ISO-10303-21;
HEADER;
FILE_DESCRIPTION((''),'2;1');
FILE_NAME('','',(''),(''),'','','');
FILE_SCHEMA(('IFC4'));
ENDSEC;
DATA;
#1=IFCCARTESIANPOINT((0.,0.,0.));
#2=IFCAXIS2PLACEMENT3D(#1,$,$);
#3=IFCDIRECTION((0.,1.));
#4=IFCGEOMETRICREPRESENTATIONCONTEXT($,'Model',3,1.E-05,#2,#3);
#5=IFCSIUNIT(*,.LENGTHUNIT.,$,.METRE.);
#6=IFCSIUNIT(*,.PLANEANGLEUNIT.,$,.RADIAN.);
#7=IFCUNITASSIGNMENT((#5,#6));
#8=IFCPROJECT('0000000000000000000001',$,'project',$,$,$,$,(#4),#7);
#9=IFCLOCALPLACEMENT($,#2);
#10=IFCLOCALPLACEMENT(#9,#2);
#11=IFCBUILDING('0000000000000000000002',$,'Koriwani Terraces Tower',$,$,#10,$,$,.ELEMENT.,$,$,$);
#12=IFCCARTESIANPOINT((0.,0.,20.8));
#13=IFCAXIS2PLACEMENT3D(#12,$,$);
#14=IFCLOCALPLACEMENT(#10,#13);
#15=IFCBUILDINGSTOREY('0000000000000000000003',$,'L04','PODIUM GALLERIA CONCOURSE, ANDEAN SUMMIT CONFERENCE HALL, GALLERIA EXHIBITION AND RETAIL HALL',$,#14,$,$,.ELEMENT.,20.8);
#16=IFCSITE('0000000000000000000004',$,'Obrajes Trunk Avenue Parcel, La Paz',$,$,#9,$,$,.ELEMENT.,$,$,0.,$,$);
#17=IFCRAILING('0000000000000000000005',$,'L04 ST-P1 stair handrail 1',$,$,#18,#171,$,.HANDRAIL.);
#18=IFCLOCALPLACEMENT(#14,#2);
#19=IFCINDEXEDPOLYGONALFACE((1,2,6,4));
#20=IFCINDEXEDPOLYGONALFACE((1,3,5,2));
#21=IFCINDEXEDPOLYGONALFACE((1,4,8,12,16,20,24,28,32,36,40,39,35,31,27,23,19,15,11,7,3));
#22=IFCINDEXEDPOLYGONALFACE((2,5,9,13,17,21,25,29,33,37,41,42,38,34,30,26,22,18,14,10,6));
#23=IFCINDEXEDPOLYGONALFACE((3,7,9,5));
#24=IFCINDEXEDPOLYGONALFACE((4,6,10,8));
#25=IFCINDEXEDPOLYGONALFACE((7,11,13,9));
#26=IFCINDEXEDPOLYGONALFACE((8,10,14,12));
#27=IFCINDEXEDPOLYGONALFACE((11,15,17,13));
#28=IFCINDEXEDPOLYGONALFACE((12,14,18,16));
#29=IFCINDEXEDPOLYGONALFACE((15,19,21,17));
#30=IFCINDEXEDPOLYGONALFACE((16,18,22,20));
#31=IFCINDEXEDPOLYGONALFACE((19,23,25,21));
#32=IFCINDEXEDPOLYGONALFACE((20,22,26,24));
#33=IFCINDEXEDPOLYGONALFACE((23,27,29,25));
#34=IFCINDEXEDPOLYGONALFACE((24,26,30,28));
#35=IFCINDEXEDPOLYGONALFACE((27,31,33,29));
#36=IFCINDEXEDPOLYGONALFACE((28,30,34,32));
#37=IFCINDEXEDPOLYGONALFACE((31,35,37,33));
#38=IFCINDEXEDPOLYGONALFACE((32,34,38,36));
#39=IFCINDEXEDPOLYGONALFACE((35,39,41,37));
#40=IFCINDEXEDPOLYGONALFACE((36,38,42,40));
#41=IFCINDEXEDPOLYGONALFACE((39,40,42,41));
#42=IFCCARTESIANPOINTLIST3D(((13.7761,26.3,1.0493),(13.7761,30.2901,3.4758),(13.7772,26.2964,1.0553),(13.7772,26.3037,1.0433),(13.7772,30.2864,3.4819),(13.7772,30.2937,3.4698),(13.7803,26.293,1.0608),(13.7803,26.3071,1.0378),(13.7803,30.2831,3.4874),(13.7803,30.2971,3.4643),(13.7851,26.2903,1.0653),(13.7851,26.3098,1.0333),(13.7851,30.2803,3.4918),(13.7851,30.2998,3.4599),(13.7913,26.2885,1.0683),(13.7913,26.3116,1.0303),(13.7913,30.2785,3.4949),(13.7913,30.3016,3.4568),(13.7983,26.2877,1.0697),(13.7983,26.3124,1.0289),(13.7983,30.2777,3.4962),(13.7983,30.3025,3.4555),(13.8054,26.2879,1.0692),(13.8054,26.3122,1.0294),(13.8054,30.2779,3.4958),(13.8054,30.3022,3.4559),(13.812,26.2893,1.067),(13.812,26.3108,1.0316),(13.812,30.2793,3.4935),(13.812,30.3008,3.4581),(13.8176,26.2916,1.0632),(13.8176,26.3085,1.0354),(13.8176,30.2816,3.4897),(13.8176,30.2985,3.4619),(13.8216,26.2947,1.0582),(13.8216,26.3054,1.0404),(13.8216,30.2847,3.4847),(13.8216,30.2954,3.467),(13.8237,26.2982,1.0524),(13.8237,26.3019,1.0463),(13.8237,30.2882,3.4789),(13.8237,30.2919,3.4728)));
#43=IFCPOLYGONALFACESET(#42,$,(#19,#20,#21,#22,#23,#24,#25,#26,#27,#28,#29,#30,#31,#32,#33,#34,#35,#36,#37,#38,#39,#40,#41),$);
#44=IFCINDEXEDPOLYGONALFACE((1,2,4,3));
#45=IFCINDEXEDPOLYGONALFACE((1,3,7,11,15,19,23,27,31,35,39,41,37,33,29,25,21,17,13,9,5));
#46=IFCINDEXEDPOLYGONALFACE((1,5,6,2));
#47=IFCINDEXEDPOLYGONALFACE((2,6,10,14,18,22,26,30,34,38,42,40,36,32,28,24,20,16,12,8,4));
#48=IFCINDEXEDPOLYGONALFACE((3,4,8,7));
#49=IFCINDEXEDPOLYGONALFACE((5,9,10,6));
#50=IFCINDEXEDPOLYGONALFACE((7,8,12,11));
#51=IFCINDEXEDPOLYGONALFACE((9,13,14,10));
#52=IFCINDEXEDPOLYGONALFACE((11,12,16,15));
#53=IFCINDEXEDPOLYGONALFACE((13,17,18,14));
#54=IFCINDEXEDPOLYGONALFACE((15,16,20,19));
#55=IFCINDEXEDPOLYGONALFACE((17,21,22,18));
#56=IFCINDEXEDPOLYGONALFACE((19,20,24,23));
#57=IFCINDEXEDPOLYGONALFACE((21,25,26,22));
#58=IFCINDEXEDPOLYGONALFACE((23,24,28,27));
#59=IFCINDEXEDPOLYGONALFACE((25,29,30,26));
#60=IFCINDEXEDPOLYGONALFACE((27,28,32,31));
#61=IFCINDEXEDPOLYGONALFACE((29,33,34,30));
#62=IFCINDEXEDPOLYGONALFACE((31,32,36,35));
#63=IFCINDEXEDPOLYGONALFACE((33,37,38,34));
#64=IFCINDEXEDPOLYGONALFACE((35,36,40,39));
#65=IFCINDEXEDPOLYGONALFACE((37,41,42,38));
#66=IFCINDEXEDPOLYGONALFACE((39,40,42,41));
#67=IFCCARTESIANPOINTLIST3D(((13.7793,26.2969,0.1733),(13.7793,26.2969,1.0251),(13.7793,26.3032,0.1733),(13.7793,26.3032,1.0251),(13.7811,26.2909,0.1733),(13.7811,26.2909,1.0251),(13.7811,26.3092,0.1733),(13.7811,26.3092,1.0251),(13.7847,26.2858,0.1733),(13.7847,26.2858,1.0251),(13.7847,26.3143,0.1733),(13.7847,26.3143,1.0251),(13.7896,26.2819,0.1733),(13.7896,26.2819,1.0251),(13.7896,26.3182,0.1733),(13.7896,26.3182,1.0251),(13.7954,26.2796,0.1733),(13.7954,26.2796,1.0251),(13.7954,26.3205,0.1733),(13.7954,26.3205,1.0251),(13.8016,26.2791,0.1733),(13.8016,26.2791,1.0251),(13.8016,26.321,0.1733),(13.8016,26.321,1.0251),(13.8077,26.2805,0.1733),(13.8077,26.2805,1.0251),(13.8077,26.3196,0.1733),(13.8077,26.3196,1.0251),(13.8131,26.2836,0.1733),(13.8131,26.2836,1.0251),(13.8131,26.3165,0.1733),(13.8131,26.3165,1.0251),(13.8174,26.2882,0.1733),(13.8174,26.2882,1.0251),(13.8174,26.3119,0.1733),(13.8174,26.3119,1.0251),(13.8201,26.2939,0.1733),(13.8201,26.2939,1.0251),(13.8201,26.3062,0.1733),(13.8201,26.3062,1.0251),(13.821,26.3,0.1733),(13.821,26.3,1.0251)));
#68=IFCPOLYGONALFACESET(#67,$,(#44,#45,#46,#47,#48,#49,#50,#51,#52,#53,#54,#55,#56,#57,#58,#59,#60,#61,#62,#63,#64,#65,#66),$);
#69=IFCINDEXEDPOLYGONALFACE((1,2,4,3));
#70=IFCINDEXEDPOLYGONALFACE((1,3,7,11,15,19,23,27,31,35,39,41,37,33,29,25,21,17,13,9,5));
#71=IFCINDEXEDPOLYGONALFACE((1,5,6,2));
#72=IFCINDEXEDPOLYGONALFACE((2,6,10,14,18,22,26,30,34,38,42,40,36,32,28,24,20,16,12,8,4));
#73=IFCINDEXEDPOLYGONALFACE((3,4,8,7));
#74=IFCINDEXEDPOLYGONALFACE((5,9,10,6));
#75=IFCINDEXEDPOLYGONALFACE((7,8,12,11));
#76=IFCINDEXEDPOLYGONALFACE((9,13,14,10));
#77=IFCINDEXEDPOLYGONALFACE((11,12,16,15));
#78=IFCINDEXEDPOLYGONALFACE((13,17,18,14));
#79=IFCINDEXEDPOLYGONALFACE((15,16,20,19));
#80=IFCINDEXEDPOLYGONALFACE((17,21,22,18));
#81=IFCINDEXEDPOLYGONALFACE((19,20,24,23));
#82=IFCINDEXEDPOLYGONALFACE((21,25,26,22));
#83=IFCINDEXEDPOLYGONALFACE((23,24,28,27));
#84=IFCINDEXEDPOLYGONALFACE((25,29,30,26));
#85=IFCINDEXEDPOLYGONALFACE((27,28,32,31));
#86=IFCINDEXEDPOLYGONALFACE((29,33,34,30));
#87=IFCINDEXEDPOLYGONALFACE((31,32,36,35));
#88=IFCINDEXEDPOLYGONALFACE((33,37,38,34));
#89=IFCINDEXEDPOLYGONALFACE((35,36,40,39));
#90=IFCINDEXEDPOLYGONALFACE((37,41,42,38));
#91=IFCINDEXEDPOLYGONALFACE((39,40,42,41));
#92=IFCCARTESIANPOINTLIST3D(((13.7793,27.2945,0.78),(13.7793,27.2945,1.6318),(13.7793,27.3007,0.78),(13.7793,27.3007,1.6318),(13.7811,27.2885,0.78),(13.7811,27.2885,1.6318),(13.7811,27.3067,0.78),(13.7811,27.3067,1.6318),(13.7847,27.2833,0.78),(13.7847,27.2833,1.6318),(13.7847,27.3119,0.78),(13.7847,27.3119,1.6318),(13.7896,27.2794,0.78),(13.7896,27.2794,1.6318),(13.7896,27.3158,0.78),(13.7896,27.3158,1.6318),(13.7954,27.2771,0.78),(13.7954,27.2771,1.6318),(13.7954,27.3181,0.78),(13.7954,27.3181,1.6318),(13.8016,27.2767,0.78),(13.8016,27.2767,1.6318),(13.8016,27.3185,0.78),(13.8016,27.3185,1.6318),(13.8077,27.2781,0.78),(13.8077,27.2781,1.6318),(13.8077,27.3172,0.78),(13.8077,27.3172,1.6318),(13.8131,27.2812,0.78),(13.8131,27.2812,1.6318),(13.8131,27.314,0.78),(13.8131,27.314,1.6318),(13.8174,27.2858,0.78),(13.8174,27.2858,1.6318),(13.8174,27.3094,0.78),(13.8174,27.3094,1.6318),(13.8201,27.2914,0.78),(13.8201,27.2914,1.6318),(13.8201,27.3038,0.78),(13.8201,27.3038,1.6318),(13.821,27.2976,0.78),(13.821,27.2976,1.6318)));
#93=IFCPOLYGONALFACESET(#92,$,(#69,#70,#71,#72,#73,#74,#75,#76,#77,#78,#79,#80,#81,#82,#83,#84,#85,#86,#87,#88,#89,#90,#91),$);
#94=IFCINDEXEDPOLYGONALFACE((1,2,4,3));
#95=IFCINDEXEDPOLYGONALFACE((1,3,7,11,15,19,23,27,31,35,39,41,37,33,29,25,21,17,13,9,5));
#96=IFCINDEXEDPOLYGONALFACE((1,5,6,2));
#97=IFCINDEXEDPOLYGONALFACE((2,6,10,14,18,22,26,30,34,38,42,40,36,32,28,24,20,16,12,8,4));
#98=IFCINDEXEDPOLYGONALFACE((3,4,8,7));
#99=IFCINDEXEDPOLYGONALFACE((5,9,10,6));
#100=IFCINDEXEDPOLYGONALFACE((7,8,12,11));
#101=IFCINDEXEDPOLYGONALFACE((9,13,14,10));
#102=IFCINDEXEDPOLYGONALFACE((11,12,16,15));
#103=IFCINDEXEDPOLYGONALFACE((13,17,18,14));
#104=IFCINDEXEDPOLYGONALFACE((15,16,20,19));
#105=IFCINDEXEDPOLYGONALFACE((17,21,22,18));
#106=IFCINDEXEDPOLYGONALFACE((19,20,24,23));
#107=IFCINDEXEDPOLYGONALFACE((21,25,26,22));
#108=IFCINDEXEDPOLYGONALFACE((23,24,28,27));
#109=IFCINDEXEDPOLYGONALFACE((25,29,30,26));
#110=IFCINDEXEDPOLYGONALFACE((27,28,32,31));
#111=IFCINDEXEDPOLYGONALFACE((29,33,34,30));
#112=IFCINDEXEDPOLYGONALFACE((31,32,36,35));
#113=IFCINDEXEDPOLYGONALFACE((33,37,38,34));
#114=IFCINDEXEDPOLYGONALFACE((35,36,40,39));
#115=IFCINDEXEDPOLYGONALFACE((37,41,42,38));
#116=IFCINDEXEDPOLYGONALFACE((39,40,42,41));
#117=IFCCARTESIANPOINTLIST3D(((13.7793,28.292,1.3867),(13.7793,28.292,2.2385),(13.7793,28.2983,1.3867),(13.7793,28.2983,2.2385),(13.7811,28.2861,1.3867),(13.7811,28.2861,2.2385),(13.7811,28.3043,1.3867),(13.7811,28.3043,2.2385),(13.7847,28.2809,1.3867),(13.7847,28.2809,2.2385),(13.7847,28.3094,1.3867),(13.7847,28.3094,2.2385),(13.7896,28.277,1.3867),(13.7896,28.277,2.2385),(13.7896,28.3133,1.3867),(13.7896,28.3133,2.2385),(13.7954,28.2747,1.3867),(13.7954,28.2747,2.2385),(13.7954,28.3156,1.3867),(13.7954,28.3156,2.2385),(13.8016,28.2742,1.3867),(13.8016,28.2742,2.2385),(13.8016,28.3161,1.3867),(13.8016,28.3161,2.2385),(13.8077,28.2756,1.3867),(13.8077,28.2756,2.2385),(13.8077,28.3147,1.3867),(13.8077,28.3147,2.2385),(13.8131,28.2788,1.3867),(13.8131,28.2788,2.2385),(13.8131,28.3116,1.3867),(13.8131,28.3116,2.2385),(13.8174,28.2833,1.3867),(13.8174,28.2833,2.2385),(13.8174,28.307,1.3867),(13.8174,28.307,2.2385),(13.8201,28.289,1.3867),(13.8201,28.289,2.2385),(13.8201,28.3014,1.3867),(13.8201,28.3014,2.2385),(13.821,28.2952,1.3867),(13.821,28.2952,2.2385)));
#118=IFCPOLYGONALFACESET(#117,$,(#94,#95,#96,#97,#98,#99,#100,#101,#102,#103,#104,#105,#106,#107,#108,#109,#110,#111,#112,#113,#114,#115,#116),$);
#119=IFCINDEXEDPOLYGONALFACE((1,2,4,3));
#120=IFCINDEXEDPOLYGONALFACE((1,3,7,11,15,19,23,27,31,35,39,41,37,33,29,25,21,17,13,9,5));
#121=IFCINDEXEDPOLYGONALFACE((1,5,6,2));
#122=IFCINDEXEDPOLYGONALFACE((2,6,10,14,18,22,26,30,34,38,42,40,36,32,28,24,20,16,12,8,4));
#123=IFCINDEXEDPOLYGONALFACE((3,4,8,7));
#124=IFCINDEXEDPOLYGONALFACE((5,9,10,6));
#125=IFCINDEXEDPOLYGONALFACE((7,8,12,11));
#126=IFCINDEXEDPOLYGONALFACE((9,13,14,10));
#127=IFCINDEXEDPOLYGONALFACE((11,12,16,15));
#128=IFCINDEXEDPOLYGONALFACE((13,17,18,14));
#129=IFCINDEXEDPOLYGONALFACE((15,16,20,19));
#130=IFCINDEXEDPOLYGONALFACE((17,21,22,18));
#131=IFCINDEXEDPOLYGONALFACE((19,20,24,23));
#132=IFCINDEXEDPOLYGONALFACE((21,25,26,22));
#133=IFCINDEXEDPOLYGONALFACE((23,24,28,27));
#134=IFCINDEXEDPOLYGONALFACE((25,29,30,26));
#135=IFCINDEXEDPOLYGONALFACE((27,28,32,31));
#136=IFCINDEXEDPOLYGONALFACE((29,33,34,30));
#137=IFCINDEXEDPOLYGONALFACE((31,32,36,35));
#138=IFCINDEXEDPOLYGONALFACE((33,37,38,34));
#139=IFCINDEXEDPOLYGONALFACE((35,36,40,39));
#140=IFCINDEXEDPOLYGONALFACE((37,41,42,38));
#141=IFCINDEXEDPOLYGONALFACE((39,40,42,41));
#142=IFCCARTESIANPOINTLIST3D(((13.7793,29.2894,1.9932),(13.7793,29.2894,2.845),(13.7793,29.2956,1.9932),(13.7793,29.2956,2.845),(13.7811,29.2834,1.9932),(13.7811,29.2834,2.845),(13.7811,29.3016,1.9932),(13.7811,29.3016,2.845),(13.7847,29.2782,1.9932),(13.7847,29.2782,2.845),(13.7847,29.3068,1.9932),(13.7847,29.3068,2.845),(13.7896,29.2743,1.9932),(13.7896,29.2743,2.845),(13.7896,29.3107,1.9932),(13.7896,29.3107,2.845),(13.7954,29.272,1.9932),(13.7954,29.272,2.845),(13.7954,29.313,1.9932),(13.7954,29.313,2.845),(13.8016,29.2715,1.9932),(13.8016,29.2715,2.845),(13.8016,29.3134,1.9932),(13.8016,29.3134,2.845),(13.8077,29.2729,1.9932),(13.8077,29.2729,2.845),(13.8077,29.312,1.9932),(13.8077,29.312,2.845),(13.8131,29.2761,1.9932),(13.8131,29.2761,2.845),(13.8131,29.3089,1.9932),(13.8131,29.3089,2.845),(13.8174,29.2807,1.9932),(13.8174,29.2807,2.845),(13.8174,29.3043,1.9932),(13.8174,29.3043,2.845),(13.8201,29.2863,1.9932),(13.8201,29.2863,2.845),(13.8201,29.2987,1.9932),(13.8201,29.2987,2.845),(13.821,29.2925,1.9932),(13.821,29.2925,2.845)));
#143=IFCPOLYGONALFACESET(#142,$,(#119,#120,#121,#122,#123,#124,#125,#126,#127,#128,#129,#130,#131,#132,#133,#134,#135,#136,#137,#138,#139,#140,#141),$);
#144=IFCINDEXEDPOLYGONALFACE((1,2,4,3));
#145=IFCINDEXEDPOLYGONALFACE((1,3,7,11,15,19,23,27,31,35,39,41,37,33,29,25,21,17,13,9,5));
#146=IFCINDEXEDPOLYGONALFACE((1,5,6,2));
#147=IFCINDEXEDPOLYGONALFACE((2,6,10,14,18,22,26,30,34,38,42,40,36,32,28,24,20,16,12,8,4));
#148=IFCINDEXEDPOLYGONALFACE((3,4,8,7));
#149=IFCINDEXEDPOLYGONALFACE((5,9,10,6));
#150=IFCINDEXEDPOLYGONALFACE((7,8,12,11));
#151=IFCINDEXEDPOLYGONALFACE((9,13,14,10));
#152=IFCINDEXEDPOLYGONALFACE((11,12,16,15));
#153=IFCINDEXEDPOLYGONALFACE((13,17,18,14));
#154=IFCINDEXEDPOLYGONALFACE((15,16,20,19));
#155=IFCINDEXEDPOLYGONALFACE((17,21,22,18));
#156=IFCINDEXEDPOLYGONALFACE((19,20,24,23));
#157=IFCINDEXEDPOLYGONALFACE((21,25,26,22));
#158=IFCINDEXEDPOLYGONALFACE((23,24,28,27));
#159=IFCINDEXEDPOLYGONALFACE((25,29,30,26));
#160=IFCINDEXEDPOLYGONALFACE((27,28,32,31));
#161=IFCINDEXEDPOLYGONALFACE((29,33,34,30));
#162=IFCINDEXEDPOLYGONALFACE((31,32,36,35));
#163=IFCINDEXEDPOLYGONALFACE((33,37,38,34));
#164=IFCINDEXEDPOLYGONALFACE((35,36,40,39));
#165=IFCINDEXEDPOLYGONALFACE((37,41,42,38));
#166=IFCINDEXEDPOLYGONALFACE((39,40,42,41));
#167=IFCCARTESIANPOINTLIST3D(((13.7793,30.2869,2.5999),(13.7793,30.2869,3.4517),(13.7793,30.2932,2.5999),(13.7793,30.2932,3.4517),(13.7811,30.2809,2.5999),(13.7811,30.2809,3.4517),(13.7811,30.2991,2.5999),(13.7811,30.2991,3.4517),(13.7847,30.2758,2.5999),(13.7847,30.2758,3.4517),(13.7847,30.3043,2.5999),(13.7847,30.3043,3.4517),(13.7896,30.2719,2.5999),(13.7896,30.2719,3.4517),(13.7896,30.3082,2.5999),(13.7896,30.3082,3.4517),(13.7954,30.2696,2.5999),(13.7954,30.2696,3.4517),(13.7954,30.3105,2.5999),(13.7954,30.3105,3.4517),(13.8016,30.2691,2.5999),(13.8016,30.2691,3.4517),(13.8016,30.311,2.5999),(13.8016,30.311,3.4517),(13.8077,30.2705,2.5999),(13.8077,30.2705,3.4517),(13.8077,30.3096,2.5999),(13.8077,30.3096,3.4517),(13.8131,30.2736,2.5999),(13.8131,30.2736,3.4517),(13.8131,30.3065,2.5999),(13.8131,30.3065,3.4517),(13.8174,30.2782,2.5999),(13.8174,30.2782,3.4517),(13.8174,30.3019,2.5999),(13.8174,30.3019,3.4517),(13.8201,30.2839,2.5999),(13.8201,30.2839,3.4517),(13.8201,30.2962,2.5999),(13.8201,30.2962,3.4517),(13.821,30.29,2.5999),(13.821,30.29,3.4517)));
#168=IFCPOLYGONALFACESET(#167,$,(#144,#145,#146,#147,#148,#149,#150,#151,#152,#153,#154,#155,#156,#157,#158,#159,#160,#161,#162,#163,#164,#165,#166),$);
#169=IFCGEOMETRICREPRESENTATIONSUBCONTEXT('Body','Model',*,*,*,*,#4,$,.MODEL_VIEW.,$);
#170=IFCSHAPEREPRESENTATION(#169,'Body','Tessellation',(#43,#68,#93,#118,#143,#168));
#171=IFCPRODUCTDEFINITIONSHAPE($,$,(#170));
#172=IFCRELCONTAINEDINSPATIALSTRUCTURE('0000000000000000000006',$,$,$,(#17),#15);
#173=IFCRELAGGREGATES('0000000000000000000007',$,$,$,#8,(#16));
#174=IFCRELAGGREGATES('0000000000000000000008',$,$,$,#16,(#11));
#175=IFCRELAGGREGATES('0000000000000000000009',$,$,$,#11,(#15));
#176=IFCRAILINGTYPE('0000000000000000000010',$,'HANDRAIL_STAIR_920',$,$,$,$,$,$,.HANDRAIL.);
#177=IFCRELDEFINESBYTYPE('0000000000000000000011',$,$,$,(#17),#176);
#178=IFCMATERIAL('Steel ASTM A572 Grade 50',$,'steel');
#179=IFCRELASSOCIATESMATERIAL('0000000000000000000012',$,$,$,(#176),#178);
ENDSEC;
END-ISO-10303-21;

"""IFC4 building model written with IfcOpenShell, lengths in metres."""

from ifc_helpers import new_model, si_unit, direction, frame, origin, origin_2d, place, context, subcontext, project, spatial, circle, extrude, material, type_object, element, save


model = new_model("IFC4")

# Units and contexts
model_context = context("Model", 3, precision=1e-05, world=origin(), true_north=direction((0.0, 1.0)))
body_context = subcontext(model_context, "Body", "Model", "MODEL_VIEW")
ifc_project = project(units=[si_unit("LENGTHUNIT", "METRE"), si_unit("PLANEANGLEUNIT", "RADIAN")], contexts=[model_context])

# Site, building, storey
site_placement = place(None, origin())
site = spatial("IfcSite", under=ifc_project, at=site_placement, Name="Obrajes Trunk Avenue Parcel, La Paz", CompositionType="ELEMENT", RefElevation=0.0)
building_placement = place(site_placement, origin())
building = spatial("IfcBuilding", under=site, at=building_placement, Name="Koriwani Terraces Tower", CompositionType="ELEMENT")
storey_placement = place(building_placement, frame((0.0, 0.0, 20.8)))
storey = spatial("IfcBuildingStorey", under=building, at=storey_placement, Name="L04", Description="PODIUM GALLERIA CONCOURSE, ANDEAN SUMMIT CONFERENCE HALL, GALLERIA EXHIBITION AND RETAIL HALL", CompositionType="ELEMENT", Elevation=20.8)

# Shared definitions
ifc_material_1 = material(Name="Steel ASTM A572 Grade 50", Category="steel")

# Railing
railing_type = type_object("IfcRailingType", Name="HANDRAIL_STAIR_920", PredefinedType="HANDRAIL", material=ifc_material_1)
railing_placement = place(storey_placement, frame((13.8, 26.3, 0.1733)))
element("IfcRailing", 1, at=railing_placement, inside=storey, type_object=railing_type, Name="L04 ST-P1 stair handrail 1", PredefinedType="HANDRAIL", context=body_context, shape_type="SweptSolid", body=[
    extrude(circle(Radius=0.0239, at=origin_2d()), frame((0.0, 0.0, 0.876), z_axis=(0.0, 0.854405, 0.519607), x_axis=(-1.0, 0.0, 0.0)), (0.0, 0.0, 1.0), 4.6699),
    extrude(circle(Radius=0.021, at=origin_2d()), origin(), (0.0, 0.0, 1.0), 0.8518),
    extrude(circle(Radius=0.021, at=origin_2d()), frame((0.0, 0.9976, 0.6067)), (0.0, 0.0, 1.0), 0.8518),
    extrude(circle(Radius=0.021, at=origin_2d()), frame((0.0, 1.9951, 1.2134)), (0.0, 0.0, 1.0), 0.8518),
    extrude(circle(Radius=0.021, at=origin_2d()), frame((0.0, 2.9924, 1.8198)), (0.0, 0.0, 1.0), 0.8518),
    extrude(circle(Radius=0.021, at=origin_2d()), frame((0.0, 3.99, 2.4265)), (0.0, 0.0, 1.0), 0.8518),
])

save(model, "model.ifc")
